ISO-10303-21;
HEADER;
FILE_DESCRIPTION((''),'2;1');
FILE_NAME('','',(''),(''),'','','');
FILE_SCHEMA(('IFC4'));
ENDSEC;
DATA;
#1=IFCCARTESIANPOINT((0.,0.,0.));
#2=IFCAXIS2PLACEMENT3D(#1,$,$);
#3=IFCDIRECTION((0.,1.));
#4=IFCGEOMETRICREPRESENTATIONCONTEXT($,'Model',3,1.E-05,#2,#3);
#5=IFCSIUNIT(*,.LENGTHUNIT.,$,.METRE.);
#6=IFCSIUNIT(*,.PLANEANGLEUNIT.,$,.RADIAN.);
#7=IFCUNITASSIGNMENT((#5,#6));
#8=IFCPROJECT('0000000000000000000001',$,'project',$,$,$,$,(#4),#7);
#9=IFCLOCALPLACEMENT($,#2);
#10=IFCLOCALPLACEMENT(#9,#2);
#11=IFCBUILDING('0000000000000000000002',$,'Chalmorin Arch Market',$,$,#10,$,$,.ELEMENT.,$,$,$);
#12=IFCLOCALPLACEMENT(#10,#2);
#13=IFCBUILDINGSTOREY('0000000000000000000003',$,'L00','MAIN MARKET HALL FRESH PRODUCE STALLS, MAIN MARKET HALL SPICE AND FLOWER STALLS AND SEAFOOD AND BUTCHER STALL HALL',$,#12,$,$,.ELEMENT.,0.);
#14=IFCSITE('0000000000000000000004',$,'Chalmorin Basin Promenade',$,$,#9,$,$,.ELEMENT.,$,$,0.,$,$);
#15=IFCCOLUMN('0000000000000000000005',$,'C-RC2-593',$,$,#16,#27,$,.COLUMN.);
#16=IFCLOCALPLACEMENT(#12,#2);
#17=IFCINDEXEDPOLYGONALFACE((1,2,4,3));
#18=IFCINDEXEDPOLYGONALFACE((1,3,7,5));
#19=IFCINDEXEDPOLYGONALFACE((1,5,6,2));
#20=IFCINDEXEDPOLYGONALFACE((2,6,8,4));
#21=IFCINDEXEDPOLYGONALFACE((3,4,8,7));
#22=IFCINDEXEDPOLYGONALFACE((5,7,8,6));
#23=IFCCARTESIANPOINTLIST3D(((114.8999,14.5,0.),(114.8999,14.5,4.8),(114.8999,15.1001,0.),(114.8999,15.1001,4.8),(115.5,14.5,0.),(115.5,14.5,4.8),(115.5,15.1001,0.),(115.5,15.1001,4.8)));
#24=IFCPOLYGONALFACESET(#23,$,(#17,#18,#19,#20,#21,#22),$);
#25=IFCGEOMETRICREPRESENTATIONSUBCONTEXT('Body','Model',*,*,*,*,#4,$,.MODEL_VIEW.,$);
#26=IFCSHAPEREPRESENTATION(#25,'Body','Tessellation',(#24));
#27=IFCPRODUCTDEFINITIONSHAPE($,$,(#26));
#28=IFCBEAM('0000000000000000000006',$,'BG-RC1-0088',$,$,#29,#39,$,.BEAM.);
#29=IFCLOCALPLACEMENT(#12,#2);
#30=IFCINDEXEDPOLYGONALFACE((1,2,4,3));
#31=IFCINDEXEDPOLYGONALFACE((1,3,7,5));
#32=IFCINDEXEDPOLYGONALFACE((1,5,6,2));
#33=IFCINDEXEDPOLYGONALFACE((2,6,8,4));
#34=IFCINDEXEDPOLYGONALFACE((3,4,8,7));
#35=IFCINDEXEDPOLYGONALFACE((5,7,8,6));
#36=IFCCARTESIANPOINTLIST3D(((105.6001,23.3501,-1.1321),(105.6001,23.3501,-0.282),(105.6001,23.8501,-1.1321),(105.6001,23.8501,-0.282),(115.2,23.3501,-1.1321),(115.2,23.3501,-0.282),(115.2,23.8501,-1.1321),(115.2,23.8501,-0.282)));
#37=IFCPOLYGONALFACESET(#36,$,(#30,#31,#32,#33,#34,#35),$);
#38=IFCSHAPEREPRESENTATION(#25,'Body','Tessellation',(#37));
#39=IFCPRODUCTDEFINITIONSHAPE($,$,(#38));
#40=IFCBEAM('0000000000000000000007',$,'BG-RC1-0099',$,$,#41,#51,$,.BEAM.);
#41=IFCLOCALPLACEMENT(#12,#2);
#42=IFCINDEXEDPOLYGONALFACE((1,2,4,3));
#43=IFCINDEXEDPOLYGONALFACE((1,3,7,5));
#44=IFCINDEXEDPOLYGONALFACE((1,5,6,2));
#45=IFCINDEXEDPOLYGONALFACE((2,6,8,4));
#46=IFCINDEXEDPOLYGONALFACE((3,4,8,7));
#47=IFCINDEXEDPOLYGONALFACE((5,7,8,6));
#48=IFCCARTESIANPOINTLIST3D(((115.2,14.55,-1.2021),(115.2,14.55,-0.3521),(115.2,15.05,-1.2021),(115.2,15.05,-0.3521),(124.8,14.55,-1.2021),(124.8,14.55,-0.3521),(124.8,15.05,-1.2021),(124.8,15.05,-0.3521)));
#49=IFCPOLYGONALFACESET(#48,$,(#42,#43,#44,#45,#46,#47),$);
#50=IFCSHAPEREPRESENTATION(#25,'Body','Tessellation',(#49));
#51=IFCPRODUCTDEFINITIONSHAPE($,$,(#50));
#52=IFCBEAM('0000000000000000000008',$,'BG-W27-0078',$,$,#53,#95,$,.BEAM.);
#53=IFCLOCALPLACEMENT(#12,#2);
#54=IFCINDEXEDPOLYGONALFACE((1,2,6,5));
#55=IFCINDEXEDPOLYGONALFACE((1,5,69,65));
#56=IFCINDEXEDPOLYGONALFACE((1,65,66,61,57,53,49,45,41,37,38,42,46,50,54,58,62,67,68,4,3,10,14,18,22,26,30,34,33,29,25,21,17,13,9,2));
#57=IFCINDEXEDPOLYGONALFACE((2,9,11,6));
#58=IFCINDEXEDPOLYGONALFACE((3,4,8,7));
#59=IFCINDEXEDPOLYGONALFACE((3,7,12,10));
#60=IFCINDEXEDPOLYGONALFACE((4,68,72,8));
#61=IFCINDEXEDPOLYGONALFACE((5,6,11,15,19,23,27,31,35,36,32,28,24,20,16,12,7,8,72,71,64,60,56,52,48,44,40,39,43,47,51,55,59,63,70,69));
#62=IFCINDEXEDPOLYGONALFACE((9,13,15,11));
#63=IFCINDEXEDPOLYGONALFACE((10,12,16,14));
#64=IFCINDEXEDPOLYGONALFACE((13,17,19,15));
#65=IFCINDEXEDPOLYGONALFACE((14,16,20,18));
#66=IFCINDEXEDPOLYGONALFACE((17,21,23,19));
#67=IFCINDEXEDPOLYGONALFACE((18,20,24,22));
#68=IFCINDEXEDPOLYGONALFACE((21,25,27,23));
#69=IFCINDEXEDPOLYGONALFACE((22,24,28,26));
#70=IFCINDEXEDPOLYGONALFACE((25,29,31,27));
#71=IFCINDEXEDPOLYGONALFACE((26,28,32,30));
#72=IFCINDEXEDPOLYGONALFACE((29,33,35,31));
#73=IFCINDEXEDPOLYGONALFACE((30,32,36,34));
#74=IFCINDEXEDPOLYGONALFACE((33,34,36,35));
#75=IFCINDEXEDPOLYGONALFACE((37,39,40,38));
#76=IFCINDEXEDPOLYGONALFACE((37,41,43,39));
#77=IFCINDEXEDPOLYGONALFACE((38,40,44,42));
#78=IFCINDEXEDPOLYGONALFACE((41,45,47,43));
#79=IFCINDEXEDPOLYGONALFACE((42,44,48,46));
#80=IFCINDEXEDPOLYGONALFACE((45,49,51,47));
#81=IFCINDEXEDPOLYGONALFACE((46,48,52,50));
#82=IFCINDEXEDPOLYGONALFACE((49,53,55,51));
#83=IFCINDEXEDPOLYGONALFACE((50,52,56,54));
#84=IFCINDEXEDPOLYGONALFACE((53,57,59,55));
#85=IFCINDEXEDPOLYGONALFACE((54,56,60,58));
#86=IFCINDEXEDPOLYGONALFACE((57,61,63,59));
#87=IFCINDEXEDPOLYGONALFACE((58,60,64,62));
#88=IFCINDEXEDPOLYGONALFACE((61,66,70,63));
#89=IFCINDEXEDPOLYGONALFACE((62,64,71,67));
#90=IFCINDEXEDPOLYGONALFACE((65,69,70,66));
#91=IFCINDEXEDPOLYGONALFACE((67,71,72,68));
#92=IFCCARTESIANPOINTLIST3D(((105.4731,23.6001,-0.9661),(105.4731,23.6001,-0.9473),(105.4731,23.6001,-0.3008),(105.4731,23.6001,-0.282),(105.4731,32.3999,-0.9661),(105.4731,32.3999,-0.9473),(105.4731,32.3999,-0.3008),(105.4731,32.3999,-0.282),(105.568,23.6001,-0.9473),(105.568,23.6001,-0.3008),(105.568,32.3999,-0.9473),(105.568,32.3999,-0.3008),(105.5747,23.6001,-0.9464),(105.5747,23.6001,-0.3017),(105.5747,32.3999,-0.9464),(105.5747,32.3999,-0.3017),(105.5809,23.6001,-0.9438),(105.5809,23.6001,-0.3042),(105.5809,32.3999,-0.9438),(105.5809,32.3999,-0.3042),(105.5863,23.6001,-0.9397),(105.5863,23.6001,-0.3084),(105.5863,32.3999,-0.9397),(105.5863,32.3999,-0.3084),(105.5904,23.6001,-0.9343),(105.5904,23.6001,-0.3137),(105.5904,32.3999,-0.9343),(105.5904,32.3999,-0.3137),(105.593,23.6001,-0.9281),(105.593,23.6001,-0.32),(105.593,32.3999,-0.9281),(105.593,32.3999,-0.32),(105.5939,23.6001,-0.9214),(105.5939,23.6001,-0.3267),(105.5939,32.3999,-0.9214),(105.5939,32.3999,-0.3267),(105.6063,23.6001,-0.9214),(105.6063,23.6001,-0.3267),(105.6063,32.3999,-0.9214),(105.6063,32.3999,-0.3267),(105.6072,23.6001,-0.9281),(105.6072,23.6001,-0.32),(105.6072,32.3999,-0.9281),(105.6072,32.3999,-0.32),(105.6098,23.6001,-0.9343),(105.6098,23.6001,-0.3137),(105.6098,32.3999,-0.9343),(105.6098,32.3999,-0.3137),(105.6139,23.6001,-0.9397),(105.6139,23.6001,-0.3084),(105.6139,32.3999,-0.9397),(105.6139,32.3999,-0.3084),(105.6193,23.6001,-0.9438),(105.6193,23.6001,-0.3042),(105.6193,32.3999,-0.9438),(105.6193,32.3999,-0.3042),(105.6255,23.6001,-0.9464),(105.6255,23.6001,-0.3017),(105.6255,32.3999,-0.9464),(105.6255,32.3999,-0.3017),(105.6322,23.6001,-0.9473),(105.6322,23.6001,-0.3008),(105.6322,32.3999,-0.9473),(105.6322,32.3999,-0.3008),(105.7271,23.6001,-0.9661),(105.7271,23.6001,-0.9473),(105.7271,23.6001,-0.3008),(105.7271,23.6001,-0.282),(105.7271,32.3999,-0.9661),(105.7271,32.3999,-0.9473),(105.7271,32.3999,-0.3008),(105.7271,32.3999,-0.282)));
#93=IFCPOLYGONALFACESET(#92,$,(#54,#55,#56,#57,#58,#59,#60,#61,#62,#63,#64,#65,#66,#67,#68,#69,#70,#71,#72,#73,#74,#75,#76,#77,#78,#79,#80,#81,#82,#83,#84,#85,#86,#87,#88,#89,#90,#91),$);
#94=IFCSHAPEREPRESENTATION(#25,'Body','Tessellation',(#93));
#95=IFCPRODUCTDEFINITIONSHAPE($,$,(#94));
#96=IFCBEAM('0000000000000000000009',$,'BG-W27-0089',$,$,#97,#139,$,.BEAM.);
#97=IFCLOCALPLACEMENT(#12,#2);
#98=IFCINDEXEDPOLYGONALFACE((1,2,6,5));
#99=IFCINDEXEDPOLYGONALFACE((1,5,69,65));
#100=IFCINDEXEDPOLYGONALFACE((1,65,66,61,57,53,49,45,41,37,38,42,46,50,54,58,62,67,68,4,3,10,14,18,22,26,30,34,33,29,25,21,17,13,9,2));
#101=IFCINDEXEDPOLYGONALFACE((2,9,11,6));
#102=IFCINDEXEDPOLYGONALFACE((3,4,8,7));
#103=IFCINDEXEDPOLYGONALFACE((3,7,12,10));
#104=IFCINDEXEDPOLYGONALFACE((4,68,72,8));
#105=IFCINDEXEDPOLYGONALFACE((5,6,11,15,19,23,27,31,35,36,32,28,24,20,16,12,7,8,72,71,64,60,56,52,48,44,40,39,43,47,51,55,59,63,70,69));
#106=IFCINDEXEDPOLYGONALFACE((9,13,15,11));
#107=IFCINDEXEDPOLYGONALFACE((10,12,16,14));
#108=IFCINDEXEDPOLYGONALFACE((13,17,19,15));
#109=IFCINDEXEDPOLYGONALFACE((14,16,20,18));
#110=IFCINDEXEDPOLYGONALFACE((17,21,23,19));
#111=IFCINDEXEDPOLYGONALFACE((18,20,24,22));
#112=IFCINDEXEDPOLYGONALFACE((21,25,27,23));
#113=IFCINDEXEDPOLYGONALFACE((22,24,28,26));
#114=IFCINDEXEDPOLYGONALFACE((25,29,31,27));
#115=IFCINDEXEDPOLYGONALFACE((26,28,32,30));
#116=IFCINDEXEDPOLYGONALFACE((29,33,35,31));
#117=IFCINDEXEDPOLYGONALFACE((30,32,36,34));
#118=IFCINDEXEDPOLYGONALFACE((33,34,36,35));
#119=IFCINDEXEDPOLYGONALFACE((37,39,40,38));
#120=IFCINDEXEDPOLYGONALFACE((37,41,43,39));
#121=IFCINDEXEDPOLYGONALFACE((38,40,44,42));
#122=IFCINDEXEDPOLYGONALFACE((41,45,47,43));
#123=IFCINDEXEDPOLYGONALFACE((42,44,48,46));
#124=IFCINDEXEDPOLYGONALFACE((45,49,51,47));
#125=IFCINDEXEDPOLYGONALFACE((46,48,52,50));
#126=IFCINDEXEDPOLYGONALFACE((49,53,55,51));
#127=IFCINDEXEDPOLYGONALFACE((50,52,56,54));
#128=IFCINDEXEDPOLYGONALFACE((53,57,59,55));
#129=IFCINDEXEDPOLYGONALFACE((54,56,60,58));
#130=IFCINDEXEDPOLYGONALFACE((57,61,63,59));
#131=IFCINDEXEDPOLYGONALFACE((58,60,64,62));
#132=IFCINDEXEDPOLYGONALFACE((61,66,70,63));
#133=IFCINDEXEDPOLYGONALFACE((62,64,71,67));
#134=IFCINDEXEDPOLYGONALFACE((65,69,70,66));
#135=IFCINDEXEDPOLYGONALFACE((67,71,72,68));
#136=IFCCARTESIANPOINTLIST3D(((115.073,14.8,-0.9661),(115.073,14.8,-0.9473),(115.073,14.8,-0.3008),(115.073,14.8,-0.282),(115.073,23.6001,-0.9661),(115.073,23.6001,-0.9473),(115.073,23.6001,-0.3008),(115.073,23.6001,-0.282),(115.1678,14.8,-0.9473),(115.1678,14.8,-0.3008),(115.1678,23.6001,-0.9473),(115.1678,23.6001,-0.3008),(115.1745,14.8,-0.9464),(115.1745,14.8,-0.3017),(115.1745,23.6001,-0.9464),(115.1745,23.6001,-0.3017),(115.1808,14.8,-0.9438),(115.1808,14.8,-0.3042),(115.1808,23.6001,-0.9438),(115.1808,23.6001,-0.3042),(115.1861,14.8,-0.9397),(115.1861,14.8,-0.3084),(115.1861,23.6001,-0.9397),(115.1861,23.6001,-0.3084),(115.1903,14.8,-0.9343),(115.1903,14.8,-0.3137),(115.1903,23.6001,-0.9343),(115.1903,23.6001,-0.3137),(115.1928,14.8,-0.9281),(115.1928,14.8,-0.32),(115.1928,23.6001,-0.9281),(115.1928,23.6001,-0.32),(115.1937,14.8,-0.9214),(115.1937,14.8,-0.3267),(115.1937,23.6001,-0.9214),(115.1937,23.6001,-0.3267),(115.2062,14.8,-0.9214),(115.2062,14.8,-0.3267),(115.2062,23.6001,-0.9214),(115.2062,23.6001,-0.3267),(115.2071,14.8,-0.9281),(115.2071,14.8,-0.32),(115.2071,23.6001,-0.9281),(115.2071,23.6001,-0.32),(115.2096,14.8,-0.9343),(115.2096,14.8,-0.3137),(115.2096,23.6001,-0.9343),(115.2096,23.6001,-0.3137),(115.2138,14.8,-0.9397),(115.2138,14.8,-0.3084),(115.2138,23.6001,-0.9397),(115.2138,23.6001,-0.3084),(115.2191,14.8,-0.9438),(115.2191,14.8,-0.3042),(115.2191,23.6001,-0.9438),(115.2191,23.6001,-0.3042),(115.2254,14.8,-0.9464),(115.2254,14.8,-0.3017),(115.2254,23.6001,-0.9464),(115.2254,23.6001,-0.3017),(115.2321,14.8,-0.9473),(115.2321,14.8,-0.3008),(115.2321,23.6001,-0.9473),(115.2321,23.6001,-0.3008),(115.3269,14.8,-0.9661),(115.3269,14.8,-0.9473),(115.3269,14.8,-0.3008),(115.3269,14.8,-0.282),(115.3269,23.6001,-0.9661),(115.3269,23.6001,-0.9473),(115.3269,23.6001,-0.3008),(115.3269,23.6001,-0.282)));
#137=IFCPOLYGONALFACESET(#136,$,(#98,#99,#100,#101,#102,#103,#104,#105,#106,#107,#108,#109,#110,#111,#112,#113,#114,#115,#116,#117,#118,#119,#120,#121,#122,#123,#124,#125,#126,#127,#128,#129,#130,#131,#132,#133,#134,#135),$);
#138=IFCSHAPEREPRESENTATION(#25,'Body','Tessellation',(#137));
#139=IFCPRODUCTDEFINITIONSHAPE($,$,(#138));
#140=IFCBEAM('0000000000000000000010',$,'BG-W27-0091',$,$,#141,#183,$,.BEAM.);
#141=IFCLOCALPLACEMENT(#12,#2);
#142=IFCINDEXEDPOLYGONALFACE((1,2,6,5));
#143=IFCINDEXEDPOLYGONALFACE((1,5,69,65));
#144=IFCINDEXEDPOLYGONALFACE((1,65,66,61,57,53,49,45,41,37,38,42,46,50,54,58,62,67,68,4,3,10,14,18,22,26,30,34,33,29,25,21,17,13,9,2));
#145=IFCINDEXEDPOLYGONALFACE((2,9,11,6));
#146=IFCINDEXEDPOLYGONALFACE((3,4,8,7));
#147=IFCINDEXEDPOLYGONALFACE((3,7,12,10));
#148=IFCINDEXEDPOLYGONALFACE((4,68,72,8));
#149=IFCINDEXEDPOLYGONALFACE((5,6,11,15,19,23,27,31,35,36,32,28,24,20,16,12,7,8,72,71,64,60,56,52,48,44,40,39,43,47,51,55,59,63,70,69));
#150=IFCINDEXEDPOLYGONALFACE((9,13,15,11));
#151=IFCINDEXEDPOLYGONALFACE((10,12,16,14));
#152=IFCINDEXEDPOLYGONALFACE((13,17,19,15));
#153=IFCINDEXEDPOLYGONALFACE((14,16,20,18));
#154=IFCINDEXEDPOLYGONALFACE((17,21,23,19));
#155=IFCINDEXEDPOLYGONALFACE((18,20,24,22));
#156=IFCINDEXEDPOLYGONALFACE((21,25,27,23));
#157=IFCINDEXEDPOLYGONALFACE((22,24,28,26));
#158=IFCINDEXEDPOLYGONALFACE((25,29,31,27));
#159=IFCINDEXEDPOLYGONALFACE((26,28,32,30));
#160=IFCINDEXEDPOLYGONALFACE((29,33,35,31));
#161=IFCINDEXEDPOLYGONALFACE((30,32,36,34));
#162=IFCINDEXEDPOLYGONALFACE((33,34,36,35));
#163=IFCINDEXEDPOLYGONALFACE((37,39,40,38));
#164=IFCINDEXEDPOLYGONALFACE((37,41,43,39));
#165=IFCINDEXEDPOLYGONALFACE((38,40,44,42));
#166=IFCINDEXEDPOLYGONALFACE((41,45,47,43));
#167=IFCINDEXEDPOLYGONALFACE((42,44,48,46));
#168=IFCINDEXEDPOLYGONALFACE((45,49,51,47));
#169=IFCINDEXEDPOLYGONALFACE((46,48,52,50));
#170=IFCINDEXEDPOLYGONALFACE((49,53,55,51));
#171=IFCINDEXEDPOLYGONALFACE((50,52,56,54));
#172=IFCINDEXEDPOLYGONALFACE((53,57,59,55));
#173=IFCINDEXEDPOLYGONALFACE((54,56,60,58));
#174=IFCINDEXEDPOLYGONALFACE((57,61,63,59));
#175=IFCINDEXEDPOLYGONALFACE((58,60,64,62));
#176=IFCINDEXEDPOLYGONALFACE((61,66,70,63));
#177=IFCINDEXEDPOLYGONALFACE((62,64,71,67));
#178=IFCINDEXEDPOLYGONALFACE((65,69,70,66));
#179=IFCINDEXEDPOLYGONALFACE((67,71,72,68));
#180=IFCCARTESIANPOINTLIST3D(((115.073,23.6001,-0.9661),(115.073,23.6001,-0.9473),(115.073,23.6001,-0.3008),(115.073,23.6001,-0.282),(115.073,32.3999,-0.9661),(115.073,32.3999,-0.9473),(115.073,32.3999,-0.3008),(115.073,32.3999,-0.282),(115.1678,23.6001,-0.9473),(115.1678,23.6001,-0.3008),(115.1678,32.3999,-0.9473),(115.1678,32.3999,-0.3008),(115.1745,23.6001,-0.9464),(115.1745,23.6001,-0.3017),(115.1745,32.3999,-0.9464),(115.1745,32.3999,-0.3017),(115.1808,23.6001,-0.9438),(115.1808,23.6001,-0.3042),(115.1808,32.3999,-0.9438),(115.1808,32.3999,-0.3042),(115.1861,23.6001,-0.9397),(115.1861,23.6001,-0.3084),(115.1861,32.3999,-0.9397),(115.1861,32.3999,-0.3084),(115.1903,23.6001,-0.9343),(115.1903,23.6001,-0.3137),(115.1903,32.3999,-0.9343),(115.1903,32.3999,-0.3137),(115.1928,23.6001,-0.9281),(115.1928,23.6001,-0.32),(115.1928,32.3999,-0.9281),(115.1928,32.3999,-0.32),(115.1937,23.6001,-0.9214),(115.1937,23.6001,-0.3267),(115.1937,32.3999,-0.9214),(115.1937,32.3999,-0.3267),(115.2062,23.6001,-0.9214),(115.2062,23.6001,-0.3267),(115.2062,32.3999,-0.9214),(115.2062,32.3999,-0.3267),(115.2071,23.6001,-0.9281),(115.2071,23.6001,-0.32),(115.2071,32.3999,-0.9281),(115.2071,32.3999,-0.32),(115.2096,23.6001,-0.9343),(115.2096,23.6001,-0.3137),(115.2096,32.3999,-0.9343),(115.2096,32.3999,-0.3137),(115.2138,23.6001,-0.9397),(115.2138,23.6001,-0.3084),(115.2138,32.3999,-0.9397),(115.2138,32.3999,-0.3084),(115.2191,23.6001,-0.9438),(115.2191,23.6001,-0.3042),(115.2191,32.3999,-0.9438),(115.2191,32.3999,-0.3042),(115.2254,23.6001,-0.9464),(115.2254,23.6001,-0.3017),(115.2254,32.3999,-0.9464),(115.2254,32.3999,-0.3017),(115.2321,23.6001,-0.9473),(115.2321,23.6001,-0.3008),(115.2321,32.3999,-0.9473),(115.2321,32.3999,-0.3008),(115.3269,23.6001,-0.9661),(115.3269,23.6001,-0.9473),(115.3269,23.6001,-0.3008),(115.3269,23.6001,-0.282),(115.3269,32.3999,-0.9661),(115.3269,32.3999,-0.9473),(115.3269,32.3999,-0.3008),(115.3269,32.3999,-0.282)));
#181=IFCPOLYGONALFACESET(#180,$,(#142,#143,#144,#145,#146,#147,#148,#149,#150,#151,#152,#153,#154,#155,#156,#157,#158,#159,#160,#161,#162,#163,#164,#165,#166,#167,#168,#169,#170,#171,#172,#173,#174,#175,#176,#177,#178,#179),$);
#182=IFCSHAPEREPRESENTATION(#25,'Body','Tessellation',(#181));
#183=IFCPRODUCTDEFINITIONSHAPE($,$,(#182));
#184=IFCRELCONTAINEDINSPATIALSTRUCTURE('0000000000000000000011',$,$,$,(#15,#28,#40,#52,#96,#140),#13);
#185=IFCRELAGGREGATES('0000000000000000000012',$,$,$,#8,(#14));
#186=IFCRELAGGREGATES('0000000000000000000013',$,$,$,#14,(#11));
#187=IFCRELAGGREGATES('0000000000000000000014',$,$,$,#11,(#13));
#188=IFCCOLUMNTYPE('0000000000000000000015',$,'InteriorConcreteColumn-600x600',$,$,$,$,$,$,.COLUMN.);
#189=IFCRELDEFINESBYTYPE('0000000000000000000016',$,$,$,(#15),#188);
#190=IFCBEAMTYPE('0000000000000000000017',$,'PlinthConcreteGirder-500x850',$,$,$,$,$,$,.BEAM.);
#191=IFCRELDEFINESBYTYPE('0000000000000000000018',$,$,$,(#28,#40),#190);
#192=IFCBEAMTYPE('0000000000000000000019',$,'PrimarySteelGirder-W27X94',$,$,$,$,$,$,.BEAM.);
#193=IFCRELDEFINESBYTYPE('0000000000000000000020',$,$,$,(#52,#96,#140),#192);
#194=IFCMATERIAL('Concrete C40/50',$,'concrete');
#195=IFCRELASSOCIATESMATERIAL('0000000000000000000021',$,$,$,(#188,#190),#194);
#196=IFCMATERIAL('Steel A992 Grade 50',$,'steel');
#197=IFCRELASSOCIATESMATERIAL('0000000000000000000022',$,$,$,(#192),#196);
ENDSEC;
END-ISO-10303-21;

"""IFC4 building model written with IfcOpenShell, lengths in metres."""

from ifc_helpers import new_model, si_unit, direction, frame, origin, origin_2d, place, context, subcontext, project, spatial, rectangle, i_section, extrude, material, material_profile, profile_set, type_object, element, save


model = new_model("IFC4")

# Units and contexts
model_context = context("Model", 3, precision=1e-05, world=origin(), true_north=direction((0.0, 1.0)))
body_context = subcontext(model_context, "Body", "Model", "MODEL_VIEW")
ifc_project = project(units=[si_unit("LENGTHUNIT", "METRE"), si_unit("PLANEANGLEUNIT", "RADIAN")], contexts=[model_context])

# Site, building, storey
site_placement = place(None, origin())
site = spatial("IfcSite", under=ifc_project, at=site_placement, Name="Chalmorin Basin Promenade", CompositionType="ELEMENT", RefElevation=0.0)
building_placement = place(site_placement, origin())
building = spatial("IfcBuilding", under=site, at=building_placement, Name="Chalmorin Arch Market", CompositionType="ELEMENT")
storey_placement = place(building_placement, origin())
storey = spatial("IfcBuildingStorey", under=building, at=storey_placement, Name="L00", Description="MAIN MARKET HALL FRESH PRODUCE STALLS, MAIN MARKET HALL SPICE AND FLOWER STALLS AND SEAFOOD AND BUTCHER STALL HALL", CompositionType="ELEMENT", Elevation=0.0)

# Column
ifc_material_1 = material(Name="Concrete C40/50", Category="concrete")
ifc_material_profile_1 = material_profile(ifc_material_1, rectangle(XDim=0.6001, YDim=0.6001, at=origin_2d()), Name="RC600X600")
ifc_profile_set_1 = profile_set([ifc_material_profile_1], Name="Concrete C40/50")
column_type = type_object("IfcColumnType", Name="InteriorConcreteColumn-600x600", PredefinedType="COLUMN", material=ifc_profile_set_1)
column_placement = place(storey_placement, frame((115.2, 14.8, 0.0), z_axis=(0.0, 0.0, 1.0), x_axis=(1.0, 0.0, 0.0)))
element("IfcColumn", 1, at=column_placement, inside=storey, type_object=column_type, Name="C-RC2-593", PredefinedType="COLUMN", context=body_context, shape_type="SweptSolid", body=[
    extrude(rectangle(XDim=0.6001, YDim=0.6001, at=origin_2d()), origin(), (0.0, 0.0, 1.0), 4.8),
])

# Beams
ifc_material_profile_2 = material_profile(ifc_material_1, rectangle(XDim=0.5, YDim=0.8501, at=origin_2d()), Name="RC500X850")
ifc_profile_set_2 = profile_set([ifc_material_profile_2], Name="Concrete C40/50")
beam_type_1 = type_object("IfcBeamType", Name="PlinthConcreteGirder-500x850", PredefinedType="BEAM", material=ifc_profile_set_2)
beam_1_placement = place(storey_placement, frame((105.6001, 23.6001, -0.707), z_axis=(1.0, 0.0, 0.0), x_axis=(0.0, 1.0, 0.0)))
element("IfcBeam", 2, at=beam_1_placement, inside=storey, type_object=beam_type_1, Name="BG-RC1-0088", PredefinedType="BEAM", context=body_context, shape_type="SweptSolid", body=[
    extrude(rectangle(XDim=0.5, YDim=0.8501, at=origin_2d()), origin(), (0.0, 0.0, 1.0), 9.5999),
])
beam_2_placement = place(storey_placement, frame((115.2, 14.8, -0.7771), z_axis=(1.0, 0.0, 0.0), x_axis=(0.0, 1.0, 0.0)))
element("IfcBeam", 3, at=beam_2_placement, inside=storey, type_object=beam_type_1, Name="BG-RC1-0099", PredefinedType="BEAM", context=body_context, shape_type="SweptSolid", body=[
    extrude(rectangle(XDim=0.5, YDim=0.8501, at=origin_2d()), origin(), (0.0, 0.0, 1.0), 9.6001),
])
ifc_material_2 = material(Name="Steel A992 Grade 50", Category="steel")
ifc_material_profile_3 = material_profile(ifc_material_2, i_section(OverallWidth=0.2539, OverallDepth=0.6841, WebThickness=0.0125, FlangeThickness=0.0188, FilletRadius=0.0259, at=origin_2d()), Name="W27X94")
ifc_profile_set_3 = profile_set([ifc_material_profile_3], Name="Steel A992 Grade 50")
beam_type_2 = type_object("IfcBeamType", Name="PrimarySteelGirder-W27X94", PredefinedType="BEAM", material=ifc_profile_set_3)
beam_3_placement = place(storey_placement, frame((105.6001, 23.6001, -0.624), z_axis=(0.0, 1.0, 0.0), x_axis=(-1.0, 0.0, 0.0)))
element("IfcBeam", 4, at=beam_3_placement, inside=storey, type_object=beam_type_2, Name="BG-W27-0078", PredefinedType="BEAM", context=body_context, shape_type="SweptSolid", body=[
    extrude(i_section(OverallWidth=0.2539, OverallDepth=0.6841, WebThickness=0.0125, FlangeThickness=0.0188, FilletRadius=0.0259, at=origin_2d()), origin(), (0.0, 0.0, 1.0), 8.7998),
])
beam_4_placement = place(storey_placement, frame((115.2, 14.8, -0.624), z_axis=(0.0, 1.0, 0.0), x_axis=(-1.0, 0.0, 0.0)))
element("IfcBeam", 5, at=beam_4_placement, inside=storey, type_object=beam_type_2, Name="BG-W27-0089", PredefinedType="BEAM", context=body_context, shape_type="SweptSolid", body=[
    extrude(i_section(OverallWidth=0.2539, OverallDepth=0.6841, WebThickness=0.0125, FlangeThickness=0.0188, FilletRadius=0.0259, at=origin_2d()), origin(), (0.0, 0.0, 1.0), 8.8),
])
beam_5_placement = place(storey_placement, frame((115.2, 23.6001, -0.624), z_axis=(0.0, 1.0, 0.0), x_axis=(-1.0, 0.0, 0.0)))
element("IfcBeam", 6, at=beam_5_placement, inside=storey, type_object=beam_type_2, Name="BG-W27-0091", PredefinedType="BEAM", context=body_context, shape_type="SweptSolid", body=[
    extrude(i_section(OverallWidth=0.2539, OverallDepth=0.6841, WebThickness=0.0125, FlangeThickness=0.0188, FilletRadius=0.0259, at=origin_2d()), origin(), (0.0, 0.0, 1.0), 8.7998),
])

save(model, "model.ifc")
